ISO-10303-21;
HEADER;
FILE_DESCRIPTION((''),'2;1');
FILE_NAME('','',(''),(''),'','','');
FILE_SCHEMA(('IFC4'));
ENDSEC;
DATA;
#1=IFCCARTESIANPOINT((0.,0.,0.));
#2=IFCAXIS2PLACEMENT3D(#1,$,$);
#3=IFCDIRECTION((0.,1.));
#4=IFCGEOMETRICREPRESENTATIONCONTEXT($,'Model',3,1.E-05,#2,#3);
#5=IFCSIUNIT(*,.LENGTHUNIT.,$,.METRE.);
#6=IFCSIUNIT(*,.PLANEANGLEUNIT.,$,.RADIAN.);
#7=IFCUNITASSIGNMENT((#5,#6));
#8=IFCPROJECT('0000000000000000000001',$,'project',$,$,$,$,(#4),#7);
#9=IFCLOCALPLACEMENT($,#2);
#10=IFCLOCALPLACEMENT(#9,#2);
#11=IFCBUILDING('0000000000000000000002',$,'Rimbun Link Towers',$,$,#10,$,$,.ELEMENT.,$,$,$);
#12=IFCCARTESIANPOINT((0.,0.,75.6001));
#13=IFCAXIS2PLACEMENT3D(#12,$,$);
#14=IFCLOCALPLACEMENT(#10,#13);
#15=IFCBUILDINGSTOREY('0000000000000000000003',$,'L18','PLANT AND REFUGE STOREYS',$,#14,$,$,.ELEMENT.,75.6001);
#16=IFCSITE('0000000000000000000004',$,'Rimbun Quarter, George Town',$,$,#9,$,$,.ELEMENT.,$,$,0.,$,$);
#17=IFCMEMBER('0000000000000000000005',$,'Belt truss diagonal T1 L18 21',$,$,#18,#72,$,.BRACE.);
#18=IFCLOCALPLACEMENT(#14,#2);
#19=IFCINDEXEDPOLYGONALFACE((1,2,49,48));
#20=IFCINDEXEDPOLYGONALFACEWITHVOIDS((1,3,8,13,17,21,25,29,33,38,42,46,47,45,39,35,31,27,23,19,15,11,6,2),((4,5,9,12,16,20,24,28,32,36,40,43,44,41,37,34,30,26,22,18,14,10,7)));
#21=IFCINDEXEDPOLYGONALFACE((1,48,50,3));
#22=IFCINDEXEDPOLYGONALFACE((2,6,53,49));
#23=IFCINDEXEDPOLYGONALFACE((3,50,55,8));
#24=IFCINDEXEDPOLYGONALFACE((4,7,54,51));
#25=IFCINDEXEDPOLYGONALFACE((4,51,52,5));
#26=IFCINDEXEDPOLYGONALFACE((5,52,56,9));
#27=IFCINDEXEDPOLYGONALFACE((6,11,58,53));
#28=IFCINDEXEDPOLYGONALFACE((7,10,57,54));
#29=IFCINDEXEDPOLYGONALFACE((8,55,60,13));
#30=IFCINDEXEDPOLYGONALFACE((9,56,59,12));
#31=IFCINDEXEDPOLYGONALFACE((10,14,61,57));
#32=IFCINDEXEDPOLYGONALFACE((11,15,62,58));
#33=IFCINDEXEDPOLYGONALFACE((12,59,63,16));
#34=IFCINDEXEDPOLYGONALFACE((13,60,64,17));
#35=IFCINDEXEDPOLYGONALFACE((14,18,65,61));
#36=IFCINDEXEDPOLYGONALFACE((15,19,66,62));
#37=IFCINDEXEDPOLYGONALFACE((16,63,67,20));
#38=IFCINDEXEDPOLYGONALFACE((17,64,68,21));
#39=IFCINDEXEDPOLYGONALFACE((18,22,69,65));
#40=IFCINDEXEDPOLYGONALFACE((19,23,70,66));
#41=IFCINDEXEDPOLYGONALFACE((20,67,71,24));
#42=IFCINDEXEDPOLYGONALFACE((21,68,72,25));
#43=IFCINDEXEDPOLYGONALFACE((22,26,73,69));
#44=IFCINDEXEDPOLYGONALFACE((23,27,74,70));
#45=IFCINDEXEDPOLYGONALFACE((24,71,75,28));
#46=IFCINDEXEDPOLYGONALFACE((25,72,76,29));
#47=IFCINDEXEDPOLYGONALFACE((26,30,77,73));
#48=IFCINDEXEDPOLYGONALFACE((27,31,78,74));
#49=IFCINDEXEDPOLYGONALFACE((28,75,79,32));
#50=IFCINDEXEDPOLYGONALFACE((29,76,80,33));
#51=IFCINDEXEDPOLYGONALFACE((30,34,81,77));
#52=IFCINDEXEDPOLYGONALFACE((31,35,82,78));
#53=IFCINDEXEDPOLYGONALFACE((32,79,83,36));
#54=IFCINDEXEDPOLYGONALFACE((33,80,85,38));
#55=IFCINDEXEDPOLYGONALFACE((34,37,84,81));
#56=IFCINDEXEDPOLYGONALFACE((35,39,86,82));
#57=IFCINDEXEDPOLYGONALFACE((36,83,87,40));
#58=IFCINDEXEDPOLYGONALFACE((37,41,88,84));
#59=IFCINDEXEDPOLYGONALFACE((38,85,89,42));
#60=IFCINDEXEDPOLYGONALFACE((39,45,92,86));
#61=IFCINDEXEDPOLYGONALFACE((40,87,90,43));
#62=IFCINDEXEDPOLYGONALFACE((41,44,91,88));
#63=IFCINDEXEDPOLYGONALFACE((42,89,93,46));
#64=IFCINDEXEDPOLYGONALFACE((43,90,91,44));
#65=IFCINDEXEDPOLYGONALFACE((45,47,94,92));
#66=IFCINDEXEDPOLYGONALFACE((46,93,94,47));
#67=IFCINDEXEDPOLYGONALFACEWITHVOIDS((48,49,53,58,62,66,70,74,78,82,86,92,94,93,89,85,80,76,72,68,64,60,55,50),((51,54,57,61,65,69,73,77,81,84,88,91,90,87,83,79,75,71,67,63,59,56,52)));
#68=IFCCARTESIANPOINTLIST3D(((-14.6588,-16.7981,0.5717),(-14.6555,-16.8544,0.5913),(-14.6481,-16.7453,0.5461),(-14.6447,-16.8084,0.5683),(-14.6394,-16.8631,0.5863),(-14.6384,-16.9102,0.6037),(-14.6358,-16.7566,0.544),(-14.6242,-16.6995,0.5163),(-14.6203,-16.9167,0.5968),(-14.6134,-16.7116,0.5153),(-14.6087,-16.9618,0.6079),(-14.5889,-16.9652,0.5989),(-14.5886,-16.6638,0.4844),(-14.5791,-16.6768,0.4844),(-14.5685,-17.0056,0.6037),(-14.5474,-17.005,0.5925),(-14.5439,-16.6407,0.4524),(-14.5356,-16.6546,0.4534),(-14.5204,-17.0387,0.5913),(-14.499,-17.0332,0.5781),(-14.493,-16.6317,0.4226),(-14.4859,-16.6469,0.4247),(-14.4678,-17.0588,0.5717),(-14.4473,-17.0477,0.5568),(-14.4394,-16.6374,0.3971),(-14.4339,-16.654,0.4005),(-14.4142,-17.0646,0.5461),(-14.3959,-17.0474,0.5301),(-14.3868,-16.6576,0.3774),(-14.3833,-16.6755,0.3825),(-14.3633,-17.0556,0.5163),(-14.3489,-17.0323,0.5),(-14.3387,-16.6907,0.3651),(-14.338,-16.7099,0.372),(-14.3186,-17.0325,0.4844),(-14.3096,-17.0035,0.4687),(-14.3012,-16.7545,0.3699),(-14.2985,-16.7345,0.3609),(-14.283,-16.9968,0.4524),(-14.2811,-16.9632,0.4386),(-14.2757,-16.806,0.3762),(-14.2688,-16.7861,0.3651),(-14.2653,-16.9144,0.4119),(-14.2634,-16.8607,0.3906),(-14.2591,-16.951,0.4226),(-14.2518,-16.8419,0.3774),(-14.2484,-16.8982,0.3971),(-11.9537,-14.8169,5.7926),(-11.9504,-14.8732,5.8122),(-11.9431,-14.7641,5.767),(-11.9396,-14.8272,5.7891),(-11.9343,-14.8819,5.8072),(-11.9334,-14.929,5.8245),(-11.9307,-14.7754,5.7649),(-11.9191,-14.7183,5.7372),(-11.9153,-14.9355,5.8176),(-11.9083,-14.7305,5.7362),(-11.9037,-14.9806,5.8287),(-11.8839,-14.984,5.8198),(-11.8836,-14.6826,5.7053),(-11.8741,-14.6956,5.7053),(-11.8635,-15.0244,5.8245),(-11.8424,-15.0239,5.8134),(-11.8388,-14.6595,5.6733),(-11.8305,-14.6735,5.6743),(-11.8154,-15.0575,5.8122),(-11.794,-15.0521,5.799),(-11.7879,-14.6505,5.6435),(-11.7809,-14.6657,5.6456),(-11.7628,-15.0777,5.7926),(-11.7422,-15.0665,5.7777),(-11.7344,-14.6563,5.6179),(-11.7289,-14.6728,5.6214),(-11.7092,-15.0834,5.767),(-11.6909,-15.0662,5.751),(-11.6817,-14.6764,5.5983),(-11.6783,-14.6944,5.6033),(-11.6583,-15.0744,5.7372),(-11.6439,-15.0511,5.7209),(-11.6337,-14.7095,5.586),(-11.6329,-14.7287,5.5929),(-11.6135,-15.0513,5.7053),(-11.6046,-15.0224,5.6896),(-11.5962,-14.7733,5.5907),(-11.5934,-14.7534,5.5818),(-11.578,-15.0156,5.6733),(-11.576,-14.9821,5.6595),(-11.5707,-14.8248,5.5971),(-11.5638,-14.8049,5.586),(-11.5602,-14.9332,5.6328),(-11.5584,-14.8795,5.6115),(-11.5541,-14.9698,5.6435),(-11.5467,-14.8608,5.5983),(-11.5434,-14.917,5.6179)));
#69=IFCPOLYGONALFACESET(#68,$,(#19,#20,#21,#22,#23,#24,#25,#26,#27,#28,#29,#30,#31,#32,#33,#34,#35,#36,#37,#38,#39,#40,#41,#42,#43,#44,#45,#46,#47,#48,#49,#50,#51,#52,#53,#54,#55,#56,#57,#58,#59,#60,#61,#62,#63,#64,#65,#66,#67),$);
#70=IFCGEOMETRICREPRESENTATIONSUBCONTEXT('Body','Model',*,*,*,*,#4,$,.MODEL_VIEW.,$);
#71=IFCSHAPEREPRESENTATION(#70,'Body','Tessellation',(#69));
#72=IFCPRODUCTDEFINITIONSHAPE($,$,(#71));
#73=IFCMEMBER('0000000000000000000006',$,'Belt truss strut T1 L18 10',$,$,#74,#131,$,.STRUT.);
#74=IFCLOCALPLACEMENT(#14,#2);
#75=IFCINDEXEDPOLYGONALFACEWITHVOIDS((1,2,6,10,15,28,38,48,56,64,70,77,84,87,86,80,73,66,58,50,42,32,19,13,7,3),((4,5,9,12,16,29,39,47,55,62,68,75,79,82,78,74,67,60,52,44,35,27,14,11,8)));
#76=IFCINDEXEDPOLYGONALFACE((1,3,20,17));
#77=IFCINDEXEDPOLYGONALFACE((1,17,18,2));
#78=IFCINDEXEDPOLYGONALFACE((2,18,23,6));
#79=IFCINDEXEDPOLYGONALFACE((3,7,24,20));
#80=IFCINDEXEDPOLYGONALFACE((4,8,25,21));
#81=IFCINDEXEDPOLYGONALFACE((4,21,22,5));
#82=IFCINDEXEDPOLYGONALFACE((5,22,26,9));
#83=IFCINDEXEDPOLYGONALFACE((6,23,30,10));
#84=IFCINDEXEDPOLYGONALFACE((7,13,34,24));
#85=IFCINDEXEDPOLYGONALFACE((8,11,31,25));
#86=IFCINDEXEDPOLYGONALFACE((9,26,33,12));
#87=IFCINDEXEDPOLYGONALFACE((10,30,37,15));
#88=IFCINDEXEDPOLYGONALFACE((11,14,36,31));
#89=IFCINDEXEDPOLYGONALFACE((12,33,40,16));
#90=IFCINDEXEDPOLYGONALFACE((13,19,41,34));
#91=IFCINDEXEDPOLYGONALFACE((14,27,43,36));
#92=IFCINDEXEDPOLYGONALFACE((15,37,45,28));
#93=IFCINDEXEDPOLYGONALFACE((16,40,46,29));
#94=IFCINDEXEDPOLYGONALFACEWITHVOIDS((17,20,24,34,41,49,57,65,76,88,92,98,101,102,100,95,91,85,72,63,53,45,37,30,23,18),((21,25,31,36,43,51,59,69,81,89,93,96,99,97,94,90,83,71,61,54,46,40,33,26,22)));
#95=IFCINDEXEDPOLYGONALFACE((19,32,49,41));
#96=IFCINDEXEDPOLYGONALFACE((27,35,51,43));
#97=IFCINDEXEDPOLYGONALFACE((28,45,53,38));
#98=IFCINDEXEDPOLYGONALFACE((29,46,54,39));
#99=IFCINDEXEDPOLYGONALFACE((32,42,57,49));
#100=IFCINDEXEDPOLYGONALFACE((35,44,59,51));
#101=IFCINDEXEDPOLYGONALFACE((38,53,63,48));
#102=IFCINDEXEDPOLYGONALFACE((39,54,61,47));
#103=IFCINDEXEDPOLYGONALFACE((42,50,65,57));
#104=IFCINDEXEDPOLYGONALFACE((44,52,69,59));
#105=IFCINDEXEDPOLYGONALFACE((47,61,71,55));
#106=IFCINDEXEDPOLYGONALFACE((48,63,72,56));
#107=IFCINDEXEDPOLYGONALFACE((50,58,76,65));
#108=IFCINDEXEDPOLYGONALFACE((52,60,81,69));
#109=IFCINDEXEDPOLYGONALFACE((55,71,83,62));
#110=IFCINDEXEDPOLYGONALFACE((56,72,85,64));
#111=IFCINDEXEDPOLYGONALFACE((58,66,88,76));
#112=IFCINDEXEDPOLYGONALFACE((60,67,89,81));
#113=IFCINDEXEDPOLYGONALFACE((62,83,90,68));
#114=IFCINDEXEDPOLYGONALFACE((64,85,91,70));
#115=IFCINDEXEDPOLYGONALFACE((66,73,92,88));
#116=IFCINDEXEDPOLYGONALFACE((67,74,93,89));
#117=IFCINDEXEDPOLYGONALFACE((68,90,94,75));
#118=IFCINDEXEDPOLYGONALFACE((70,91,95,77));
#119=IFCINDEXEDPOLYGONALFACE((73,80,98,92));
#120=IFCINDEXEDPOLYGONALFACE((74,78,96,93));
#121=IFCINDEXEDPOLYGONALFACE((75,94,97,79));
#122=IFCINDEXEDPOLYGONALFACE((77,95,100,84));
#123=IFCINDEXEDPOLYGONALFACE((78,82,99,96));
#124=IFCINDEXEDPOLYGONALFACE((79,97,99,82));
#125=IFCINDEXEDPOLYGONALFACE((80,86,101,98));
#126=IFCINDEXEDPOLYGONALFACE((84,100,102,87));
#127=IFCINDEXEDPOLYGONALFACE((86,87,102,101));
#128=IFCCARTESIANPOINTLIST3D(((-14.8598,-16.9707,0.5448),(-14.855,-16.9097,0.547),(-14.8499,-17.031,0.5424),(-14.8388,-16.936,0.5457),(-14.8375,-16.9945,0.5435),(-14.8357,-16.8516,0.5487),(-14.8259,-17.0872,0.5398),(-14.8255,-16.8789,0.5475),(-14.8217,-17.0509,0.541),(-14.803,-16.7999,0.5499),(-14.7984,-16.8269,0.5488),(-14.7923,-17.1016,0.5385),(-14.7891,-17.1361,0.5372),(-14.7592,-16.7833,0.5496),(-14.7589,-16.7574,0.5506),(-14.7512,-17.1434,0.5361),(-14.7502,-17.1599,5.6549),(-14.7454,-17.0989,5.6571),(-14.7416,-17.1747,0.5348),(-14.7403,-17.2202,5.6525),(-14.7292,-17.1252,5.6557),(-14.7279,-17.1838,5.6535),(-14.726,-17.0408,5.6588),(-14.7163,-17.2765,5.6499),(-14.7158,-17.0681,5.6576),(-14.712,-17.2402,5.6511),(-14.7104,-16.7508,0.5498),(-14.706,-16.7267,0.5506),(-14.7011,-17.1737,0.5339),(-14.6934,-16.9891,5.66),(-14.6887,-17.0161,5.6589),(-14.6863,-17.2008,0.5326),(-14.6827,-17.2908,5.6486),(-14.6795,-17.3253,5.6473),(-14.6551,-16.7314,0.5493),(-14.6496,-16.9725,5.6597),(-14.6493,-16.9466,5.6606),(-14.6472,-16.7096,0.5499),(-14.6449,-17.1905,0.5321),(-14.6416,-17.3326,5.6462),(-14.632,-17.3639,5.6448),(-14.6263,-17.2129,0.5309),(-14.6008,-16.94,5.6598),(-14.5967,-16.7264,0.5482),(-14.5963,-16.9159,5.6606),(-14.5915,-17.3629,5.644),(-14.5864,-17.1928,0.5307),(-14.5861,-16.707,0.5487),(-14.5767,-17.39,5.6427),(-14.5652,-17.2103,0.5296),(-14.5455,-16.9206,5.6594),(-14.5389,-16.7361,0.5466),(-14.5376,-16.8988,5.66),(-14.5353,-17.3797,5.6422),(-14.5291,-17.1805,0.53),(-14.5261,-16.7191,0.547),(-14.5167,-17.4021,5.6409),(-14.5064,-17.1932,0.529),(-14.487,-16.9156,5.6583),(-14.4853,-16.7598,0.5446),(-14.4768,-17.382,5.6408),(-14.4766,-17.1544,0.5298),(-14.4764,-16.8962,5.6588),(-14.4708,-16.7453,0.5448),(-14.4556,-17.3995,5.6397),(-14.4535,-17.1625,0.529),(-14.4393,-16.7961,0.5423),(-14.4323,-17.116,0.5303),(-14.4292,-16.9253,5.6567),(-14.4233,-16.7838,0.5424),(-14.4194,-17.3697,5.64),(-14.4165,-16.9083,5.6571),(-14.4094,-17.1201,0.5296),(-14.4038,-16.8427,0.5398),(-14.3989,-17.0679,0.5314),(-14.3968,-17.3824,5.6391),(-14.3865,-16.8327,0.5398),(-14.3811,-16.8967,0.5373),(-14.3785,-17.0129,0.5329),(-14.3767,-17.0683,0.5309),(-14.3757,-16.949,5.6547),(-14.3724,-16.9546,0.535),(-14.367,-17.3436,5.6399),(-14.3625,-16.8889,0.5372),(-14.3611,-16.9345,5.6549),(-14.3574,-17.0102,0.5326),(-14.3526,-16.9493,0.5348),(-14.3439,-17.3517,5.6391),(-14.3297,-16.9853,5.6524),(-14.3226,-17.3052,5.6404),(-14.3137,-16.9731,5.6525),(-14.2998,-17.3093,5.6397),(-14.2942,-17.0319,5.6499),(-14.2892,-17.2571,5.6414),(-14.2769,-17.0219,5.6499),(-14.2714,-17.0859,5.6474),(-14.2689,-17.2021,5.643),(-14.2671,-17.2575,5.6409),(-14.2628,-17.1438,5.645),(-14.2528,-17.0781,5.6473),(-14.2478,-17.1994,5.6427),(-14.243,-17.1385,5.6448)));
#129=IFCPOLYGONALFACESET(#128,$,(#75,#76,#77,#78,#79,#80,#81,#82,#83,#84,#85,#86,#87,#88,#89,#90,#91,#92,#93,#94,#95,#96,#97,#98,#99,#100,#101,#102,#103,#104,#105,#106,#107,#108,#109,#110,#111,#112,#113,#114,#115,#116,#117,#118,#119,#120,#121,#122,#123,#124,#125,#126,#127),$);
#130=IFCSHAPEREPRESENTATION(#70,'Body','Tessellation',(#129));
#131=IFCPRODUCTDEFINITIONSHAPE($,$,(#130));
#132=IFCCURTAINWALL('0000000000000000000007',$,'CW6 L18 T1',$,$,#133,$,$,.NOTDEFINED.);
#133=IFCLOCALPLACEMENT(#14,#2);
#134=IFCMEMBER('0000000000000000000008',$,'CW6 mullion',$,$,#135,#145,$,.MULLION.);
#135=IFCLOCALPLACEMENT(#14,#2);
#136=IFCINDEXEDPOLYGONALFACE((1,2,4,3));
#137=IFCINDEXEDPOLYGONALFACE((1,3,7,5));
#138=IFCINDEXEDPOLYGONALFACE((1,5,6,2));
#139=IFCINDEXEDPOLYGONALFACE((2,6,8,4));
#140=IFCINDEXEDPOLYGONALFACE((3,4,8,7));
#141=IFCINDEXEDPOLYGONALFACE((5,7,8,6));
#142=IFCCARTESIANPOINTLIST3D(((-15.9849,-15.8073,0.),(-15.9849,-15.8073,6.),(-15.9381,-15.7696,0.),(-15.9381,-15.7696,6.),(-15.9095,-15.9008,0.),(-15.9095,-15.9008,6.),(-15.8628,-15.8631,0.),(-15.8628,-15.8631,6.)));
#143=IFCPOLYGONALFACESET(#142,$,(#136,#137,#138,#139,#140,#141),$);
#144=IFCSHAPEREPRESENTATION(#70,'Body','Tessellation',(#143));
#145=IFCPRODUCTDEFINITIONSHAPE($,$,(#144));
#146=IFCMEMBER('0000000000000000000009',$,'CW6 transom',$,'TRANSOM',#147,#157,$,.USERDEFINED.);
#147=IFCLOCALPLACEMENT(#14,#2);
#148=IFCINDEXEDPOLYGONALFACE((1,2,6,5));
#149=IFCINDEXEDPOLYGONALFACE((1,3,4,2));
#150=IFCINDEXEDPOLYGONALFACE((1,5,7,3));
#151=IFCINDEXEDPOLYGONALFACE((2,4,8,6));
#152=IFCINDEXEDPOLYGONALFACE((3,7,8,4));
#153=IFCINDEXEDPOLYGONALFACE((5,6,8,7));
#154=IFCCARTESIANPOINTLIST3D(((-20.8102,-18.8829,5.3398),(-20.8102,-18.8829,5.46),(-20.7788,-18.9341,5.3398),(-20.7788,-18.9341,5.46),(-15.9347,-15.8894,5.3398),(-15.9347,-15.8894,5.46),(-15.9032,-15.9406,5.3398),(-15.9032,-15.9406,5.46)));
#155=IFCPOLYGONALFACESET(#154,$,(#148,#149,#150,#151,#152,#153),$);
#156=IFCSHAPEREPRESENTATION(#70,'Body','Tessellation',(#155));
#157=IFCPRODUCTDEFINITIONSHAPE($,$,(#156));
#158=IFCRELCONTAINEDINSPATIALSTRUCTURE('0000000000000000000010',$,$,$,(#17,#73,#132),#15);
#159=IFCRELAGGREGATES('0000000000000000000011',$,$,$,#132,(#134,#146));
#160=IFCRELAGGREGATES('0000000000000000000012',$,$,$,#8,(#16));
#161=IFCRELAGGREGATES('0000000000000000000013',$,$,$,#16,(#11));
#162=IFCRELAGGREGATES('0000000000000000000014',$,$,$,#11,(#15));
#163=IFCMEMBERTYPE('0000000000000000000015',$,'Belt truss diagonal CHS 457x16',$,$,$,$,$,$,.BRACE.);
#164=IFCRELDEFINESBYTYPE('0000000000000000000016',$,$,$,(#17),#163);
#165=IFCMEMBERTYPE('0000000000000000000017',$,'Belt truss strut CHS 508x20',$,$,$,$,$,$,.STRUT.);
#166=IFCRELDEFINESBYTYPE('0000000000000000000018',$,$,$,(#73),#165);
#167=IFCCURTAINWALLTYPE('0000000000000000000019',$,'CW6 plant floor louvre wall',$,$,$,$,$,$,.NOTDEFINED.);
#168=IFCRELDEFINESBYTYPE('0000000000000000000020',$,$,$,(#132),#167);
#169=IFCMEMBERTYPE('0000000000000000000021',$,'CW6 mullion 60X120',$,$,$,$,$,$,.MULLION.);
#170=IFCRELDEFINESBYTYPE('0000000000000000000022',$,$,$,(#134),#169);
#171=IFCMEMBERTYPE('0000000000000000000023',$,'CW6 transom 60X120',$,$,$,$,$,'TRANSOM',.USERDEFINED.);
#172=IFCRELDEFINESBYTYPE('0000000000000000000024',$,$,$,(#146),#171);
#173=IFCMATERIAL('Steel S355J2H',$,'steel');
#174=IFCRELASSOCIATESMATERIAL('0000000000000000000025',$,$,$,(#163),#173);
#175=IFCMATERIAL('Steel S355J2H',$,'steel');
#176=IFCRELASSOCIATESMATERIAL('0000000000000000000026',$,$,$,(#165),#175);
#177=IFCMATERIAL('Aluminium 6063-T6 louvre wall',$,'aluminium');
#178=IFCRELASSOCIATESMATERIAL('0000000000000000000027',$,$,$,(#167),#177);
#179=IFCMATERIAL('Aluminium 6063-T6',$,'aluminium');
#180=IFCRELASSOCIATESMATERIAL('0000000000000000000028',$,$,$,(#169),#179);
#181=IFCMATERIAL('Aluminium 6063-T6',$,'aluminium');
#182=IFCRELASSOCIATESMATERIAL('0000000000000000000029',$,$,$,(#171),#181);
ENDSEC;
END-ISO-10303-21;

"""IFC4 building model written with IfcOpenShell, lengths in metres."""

from ifc_helpers import new_model, si_unit, direction, frame, origin, origin_2d, place, context, subcontext, project, spatial, rectangle, hollow_circle, extrude, material, material_profile, profile_set, type_object, element, aggregate, save


model = new_model("IFC4")

# Units and contexts
model_context = context("Model", 3, precision=1e-05, world=origin(), true_north=direction((0.0, 1.0)))
body_context = subcontext(model_context, "Body", "Model", "MODEL_VIEW")
ifc_project = project(units=[si_unit("LENGTHUNIT", "METRE"), si_unit("PLANEANGLEUNIT", "RADIAN")], contexts=[model_context])

# Site, building, storey
site_placement = place(None, origin())
site = spatial("IfcSite", under=ifc_project, at=site_placement, Name="Rimbun Quarter, George Town", CompositionType="ELEMENT", RefElevation=0.0)
building_placement = place(site_placement, origin())
building = spatial("IfcBuilding", under=site, at=building_placement, Name="Rimbun Link Towers", CompositionType="ELEMENT")
storey_placement = place(building_placement, frame((0.0, 0.0, 75.6001)))
storey = spatial("IfcBuildingStorey", under=building, at=storey_placement, Name="L18", Description="PLANT AND REFUGE STOREYS", CompositionType="ELEMENT", Elevation=75.6001)

# Members
ifc_material_1 = material(Name="Steel S355J2H", Category="steel")
ifc_material_profile_1 = material_profile(ifc_material_1, hollow_circle(Radius=0.2285, WallThickness=0.0161, at=origin_2d()), Name="Belt truss diagonal CHS 457x16")
ifc_profile_set_1 = profile_set([ifc_material_profile_1], Name="Steel S355J2H")
member_type_1 = type_object("IfcMemberType", Name="Belt truss diagonal CHS 457x16", PredefinedType="BRACE", material=ifc_profile_set_1)
member_1_placement = place(storey_placement, frame((-14.4536, -16.8481, 0.4844), z_axis=(0.435958, 0.319296, 0.841422), x_axis=(-0.590874, 0.806764, 0.0)))
element("IfcMember", 1, at=member_1_placement, inside=storey, type_object=member_type_1, Name="Belt truss diagonal T1 L18 21", PredefinedType="BRACE", context=body_context, shape_type="SweptSolid", body=[
    extrude(hollow_circle(Radius=0.2285, WallThickness=0.0161, at=origin_2d()), origin(), (0.0, 0.0, 1.0), 6.2048),
])
ifc_material_2 = material(Name="Steel S355J2H", Category="steel")
ifc_material_profile_2 = material_profile(ifc_material_2, hollow_circle(Radius=0.2539, WallThickness=0.02, at=origin_2d()), Name="Belt truss strut CHS 508x20")
ifc_profile_set_2 = profile_set([ifc_material_profile_2], Name="Steel S355J2H")
member_type_2 = type_object("IfcMemberType", Name="Belt truss strut CHS 508x20", PredefinedType="STRUT", material=ifc_profile_set_2)
member_2_placement = place(storey_placement, frame((-14.6062, -16.96, 0.5398), z_axis=(0.021432, -0.036993, 0.999086), x_axis=(0.865273, 0.5013, 0.0)))
element("IfcMember", 2, at=member_2_placement, inside=storey, type_object=member_type_2, Name="Belt truss strut T1 L18 10", PredefinedType="STRUT", context=body_context, shape_type="SweptSolid", body=[
    extrude(hollow_circle(Radius=0.2539, WallThickness=0.02, at=origin_2d()), origin(), (0.0, 0.0, 1.0), 5.1147),
])

# Curtain wall, members
ifc_material_3 = material(Name="Aluminium 6063-T6 louvre wall", Category="aluminium")
curtain_wall_type = type_object("IfcCurtainWallType", Name="CW6 plant floor louvre wall", PredefinedType="NOTDEFINED", material=ifc_material_3)
curtain_wall_placement = place(storey_placement, origin())
curtain_wall = element("IfcCurtainWall", 3, at=curtain_wall_placement, inside=storey, type_object=curtain_wall_type, Name="CW6 L18 T1", PredefinedType="NOTDEFINED")
ifc_material_4 = material(Name="Aluminium 6063-T6", Category="aluminium")
ifc_material_profile_3 = material_profile(ifc_material_4, rectangle(XDim=0.1201, YDim=0.0601, at=origin_2d()), Name="MULLION 60X120")
ifc_profile_set_3 = profile_set([ifc_material_profile_3], Name="Aluminium 6063-T6")
member_type_3 = type_object("IfcMemberType", Name="CW6 mullion 60X120", PredefinedType="MULLION", material=ifc_profile_set_3)
member_3_placement = place(storey_placement, frame((-15.9238, -15.8352, 0.0), z_axis=(0.0, 0.0, 1.0), x_axis=(0.627665, -0.778483, 0.0)))
member_3 = element("IfcMember", 4, at=member_3_placement, type_object=member_type_3, Name="CW6 mullion", PredefinedType="MULLION", context=body_context, shape_type="SweptSolid", body=[
    extrude(rectangle(XDim=0.1201, YDim=0.0601, at=origin_2d()), origin(), (0.0, 0.0, 1.0), 6.0),
])
ifc_material_5 = material(Name="Aluminium 6063-T6", Category="aluminium")
ifc_material_profile_4 = material_profile(ifc_material_5, rectangle(XDim=0.0601, YDim=0.1201, at=origin_2d()), Name="TRANSOM 60X120")
ifc_profile_set_4 = profile_set([ifc_material_profile_4], Name="Aluminium 6063-T6")
member_type_4 = type_object("IfcMemberType", Name="CW6 transom 60X120", ElementType="TRANSOM", PredefinedType="USERDEFINED", material=ifc_profile_set_4)
member_4_placement = place(storey_placement, frame((-15.9189, -15.915, 5.3999), z_axis=(-0.852196, -0.523223, 0.0), x_axis=(0.523223, -0.852196, 0.0)))
member_4 = element("IfcMember", 5, at=member_4_placement, type_object=member_type_4, Name="CW6 transom", ObjectType="TRANSOM", PredefinedType="USERDEFINED", context=body_context, shape_type="SweptSolid", body=[
    extrude(rectangle(XDim=0.0601, YDim=0.1201, at=origin_2d()), origin(), (0.0, 0.0, 1.0), 5.7212),
])

aggregate(curtain_wall, [member_3, member_4])

save(model, "model.ifc")
